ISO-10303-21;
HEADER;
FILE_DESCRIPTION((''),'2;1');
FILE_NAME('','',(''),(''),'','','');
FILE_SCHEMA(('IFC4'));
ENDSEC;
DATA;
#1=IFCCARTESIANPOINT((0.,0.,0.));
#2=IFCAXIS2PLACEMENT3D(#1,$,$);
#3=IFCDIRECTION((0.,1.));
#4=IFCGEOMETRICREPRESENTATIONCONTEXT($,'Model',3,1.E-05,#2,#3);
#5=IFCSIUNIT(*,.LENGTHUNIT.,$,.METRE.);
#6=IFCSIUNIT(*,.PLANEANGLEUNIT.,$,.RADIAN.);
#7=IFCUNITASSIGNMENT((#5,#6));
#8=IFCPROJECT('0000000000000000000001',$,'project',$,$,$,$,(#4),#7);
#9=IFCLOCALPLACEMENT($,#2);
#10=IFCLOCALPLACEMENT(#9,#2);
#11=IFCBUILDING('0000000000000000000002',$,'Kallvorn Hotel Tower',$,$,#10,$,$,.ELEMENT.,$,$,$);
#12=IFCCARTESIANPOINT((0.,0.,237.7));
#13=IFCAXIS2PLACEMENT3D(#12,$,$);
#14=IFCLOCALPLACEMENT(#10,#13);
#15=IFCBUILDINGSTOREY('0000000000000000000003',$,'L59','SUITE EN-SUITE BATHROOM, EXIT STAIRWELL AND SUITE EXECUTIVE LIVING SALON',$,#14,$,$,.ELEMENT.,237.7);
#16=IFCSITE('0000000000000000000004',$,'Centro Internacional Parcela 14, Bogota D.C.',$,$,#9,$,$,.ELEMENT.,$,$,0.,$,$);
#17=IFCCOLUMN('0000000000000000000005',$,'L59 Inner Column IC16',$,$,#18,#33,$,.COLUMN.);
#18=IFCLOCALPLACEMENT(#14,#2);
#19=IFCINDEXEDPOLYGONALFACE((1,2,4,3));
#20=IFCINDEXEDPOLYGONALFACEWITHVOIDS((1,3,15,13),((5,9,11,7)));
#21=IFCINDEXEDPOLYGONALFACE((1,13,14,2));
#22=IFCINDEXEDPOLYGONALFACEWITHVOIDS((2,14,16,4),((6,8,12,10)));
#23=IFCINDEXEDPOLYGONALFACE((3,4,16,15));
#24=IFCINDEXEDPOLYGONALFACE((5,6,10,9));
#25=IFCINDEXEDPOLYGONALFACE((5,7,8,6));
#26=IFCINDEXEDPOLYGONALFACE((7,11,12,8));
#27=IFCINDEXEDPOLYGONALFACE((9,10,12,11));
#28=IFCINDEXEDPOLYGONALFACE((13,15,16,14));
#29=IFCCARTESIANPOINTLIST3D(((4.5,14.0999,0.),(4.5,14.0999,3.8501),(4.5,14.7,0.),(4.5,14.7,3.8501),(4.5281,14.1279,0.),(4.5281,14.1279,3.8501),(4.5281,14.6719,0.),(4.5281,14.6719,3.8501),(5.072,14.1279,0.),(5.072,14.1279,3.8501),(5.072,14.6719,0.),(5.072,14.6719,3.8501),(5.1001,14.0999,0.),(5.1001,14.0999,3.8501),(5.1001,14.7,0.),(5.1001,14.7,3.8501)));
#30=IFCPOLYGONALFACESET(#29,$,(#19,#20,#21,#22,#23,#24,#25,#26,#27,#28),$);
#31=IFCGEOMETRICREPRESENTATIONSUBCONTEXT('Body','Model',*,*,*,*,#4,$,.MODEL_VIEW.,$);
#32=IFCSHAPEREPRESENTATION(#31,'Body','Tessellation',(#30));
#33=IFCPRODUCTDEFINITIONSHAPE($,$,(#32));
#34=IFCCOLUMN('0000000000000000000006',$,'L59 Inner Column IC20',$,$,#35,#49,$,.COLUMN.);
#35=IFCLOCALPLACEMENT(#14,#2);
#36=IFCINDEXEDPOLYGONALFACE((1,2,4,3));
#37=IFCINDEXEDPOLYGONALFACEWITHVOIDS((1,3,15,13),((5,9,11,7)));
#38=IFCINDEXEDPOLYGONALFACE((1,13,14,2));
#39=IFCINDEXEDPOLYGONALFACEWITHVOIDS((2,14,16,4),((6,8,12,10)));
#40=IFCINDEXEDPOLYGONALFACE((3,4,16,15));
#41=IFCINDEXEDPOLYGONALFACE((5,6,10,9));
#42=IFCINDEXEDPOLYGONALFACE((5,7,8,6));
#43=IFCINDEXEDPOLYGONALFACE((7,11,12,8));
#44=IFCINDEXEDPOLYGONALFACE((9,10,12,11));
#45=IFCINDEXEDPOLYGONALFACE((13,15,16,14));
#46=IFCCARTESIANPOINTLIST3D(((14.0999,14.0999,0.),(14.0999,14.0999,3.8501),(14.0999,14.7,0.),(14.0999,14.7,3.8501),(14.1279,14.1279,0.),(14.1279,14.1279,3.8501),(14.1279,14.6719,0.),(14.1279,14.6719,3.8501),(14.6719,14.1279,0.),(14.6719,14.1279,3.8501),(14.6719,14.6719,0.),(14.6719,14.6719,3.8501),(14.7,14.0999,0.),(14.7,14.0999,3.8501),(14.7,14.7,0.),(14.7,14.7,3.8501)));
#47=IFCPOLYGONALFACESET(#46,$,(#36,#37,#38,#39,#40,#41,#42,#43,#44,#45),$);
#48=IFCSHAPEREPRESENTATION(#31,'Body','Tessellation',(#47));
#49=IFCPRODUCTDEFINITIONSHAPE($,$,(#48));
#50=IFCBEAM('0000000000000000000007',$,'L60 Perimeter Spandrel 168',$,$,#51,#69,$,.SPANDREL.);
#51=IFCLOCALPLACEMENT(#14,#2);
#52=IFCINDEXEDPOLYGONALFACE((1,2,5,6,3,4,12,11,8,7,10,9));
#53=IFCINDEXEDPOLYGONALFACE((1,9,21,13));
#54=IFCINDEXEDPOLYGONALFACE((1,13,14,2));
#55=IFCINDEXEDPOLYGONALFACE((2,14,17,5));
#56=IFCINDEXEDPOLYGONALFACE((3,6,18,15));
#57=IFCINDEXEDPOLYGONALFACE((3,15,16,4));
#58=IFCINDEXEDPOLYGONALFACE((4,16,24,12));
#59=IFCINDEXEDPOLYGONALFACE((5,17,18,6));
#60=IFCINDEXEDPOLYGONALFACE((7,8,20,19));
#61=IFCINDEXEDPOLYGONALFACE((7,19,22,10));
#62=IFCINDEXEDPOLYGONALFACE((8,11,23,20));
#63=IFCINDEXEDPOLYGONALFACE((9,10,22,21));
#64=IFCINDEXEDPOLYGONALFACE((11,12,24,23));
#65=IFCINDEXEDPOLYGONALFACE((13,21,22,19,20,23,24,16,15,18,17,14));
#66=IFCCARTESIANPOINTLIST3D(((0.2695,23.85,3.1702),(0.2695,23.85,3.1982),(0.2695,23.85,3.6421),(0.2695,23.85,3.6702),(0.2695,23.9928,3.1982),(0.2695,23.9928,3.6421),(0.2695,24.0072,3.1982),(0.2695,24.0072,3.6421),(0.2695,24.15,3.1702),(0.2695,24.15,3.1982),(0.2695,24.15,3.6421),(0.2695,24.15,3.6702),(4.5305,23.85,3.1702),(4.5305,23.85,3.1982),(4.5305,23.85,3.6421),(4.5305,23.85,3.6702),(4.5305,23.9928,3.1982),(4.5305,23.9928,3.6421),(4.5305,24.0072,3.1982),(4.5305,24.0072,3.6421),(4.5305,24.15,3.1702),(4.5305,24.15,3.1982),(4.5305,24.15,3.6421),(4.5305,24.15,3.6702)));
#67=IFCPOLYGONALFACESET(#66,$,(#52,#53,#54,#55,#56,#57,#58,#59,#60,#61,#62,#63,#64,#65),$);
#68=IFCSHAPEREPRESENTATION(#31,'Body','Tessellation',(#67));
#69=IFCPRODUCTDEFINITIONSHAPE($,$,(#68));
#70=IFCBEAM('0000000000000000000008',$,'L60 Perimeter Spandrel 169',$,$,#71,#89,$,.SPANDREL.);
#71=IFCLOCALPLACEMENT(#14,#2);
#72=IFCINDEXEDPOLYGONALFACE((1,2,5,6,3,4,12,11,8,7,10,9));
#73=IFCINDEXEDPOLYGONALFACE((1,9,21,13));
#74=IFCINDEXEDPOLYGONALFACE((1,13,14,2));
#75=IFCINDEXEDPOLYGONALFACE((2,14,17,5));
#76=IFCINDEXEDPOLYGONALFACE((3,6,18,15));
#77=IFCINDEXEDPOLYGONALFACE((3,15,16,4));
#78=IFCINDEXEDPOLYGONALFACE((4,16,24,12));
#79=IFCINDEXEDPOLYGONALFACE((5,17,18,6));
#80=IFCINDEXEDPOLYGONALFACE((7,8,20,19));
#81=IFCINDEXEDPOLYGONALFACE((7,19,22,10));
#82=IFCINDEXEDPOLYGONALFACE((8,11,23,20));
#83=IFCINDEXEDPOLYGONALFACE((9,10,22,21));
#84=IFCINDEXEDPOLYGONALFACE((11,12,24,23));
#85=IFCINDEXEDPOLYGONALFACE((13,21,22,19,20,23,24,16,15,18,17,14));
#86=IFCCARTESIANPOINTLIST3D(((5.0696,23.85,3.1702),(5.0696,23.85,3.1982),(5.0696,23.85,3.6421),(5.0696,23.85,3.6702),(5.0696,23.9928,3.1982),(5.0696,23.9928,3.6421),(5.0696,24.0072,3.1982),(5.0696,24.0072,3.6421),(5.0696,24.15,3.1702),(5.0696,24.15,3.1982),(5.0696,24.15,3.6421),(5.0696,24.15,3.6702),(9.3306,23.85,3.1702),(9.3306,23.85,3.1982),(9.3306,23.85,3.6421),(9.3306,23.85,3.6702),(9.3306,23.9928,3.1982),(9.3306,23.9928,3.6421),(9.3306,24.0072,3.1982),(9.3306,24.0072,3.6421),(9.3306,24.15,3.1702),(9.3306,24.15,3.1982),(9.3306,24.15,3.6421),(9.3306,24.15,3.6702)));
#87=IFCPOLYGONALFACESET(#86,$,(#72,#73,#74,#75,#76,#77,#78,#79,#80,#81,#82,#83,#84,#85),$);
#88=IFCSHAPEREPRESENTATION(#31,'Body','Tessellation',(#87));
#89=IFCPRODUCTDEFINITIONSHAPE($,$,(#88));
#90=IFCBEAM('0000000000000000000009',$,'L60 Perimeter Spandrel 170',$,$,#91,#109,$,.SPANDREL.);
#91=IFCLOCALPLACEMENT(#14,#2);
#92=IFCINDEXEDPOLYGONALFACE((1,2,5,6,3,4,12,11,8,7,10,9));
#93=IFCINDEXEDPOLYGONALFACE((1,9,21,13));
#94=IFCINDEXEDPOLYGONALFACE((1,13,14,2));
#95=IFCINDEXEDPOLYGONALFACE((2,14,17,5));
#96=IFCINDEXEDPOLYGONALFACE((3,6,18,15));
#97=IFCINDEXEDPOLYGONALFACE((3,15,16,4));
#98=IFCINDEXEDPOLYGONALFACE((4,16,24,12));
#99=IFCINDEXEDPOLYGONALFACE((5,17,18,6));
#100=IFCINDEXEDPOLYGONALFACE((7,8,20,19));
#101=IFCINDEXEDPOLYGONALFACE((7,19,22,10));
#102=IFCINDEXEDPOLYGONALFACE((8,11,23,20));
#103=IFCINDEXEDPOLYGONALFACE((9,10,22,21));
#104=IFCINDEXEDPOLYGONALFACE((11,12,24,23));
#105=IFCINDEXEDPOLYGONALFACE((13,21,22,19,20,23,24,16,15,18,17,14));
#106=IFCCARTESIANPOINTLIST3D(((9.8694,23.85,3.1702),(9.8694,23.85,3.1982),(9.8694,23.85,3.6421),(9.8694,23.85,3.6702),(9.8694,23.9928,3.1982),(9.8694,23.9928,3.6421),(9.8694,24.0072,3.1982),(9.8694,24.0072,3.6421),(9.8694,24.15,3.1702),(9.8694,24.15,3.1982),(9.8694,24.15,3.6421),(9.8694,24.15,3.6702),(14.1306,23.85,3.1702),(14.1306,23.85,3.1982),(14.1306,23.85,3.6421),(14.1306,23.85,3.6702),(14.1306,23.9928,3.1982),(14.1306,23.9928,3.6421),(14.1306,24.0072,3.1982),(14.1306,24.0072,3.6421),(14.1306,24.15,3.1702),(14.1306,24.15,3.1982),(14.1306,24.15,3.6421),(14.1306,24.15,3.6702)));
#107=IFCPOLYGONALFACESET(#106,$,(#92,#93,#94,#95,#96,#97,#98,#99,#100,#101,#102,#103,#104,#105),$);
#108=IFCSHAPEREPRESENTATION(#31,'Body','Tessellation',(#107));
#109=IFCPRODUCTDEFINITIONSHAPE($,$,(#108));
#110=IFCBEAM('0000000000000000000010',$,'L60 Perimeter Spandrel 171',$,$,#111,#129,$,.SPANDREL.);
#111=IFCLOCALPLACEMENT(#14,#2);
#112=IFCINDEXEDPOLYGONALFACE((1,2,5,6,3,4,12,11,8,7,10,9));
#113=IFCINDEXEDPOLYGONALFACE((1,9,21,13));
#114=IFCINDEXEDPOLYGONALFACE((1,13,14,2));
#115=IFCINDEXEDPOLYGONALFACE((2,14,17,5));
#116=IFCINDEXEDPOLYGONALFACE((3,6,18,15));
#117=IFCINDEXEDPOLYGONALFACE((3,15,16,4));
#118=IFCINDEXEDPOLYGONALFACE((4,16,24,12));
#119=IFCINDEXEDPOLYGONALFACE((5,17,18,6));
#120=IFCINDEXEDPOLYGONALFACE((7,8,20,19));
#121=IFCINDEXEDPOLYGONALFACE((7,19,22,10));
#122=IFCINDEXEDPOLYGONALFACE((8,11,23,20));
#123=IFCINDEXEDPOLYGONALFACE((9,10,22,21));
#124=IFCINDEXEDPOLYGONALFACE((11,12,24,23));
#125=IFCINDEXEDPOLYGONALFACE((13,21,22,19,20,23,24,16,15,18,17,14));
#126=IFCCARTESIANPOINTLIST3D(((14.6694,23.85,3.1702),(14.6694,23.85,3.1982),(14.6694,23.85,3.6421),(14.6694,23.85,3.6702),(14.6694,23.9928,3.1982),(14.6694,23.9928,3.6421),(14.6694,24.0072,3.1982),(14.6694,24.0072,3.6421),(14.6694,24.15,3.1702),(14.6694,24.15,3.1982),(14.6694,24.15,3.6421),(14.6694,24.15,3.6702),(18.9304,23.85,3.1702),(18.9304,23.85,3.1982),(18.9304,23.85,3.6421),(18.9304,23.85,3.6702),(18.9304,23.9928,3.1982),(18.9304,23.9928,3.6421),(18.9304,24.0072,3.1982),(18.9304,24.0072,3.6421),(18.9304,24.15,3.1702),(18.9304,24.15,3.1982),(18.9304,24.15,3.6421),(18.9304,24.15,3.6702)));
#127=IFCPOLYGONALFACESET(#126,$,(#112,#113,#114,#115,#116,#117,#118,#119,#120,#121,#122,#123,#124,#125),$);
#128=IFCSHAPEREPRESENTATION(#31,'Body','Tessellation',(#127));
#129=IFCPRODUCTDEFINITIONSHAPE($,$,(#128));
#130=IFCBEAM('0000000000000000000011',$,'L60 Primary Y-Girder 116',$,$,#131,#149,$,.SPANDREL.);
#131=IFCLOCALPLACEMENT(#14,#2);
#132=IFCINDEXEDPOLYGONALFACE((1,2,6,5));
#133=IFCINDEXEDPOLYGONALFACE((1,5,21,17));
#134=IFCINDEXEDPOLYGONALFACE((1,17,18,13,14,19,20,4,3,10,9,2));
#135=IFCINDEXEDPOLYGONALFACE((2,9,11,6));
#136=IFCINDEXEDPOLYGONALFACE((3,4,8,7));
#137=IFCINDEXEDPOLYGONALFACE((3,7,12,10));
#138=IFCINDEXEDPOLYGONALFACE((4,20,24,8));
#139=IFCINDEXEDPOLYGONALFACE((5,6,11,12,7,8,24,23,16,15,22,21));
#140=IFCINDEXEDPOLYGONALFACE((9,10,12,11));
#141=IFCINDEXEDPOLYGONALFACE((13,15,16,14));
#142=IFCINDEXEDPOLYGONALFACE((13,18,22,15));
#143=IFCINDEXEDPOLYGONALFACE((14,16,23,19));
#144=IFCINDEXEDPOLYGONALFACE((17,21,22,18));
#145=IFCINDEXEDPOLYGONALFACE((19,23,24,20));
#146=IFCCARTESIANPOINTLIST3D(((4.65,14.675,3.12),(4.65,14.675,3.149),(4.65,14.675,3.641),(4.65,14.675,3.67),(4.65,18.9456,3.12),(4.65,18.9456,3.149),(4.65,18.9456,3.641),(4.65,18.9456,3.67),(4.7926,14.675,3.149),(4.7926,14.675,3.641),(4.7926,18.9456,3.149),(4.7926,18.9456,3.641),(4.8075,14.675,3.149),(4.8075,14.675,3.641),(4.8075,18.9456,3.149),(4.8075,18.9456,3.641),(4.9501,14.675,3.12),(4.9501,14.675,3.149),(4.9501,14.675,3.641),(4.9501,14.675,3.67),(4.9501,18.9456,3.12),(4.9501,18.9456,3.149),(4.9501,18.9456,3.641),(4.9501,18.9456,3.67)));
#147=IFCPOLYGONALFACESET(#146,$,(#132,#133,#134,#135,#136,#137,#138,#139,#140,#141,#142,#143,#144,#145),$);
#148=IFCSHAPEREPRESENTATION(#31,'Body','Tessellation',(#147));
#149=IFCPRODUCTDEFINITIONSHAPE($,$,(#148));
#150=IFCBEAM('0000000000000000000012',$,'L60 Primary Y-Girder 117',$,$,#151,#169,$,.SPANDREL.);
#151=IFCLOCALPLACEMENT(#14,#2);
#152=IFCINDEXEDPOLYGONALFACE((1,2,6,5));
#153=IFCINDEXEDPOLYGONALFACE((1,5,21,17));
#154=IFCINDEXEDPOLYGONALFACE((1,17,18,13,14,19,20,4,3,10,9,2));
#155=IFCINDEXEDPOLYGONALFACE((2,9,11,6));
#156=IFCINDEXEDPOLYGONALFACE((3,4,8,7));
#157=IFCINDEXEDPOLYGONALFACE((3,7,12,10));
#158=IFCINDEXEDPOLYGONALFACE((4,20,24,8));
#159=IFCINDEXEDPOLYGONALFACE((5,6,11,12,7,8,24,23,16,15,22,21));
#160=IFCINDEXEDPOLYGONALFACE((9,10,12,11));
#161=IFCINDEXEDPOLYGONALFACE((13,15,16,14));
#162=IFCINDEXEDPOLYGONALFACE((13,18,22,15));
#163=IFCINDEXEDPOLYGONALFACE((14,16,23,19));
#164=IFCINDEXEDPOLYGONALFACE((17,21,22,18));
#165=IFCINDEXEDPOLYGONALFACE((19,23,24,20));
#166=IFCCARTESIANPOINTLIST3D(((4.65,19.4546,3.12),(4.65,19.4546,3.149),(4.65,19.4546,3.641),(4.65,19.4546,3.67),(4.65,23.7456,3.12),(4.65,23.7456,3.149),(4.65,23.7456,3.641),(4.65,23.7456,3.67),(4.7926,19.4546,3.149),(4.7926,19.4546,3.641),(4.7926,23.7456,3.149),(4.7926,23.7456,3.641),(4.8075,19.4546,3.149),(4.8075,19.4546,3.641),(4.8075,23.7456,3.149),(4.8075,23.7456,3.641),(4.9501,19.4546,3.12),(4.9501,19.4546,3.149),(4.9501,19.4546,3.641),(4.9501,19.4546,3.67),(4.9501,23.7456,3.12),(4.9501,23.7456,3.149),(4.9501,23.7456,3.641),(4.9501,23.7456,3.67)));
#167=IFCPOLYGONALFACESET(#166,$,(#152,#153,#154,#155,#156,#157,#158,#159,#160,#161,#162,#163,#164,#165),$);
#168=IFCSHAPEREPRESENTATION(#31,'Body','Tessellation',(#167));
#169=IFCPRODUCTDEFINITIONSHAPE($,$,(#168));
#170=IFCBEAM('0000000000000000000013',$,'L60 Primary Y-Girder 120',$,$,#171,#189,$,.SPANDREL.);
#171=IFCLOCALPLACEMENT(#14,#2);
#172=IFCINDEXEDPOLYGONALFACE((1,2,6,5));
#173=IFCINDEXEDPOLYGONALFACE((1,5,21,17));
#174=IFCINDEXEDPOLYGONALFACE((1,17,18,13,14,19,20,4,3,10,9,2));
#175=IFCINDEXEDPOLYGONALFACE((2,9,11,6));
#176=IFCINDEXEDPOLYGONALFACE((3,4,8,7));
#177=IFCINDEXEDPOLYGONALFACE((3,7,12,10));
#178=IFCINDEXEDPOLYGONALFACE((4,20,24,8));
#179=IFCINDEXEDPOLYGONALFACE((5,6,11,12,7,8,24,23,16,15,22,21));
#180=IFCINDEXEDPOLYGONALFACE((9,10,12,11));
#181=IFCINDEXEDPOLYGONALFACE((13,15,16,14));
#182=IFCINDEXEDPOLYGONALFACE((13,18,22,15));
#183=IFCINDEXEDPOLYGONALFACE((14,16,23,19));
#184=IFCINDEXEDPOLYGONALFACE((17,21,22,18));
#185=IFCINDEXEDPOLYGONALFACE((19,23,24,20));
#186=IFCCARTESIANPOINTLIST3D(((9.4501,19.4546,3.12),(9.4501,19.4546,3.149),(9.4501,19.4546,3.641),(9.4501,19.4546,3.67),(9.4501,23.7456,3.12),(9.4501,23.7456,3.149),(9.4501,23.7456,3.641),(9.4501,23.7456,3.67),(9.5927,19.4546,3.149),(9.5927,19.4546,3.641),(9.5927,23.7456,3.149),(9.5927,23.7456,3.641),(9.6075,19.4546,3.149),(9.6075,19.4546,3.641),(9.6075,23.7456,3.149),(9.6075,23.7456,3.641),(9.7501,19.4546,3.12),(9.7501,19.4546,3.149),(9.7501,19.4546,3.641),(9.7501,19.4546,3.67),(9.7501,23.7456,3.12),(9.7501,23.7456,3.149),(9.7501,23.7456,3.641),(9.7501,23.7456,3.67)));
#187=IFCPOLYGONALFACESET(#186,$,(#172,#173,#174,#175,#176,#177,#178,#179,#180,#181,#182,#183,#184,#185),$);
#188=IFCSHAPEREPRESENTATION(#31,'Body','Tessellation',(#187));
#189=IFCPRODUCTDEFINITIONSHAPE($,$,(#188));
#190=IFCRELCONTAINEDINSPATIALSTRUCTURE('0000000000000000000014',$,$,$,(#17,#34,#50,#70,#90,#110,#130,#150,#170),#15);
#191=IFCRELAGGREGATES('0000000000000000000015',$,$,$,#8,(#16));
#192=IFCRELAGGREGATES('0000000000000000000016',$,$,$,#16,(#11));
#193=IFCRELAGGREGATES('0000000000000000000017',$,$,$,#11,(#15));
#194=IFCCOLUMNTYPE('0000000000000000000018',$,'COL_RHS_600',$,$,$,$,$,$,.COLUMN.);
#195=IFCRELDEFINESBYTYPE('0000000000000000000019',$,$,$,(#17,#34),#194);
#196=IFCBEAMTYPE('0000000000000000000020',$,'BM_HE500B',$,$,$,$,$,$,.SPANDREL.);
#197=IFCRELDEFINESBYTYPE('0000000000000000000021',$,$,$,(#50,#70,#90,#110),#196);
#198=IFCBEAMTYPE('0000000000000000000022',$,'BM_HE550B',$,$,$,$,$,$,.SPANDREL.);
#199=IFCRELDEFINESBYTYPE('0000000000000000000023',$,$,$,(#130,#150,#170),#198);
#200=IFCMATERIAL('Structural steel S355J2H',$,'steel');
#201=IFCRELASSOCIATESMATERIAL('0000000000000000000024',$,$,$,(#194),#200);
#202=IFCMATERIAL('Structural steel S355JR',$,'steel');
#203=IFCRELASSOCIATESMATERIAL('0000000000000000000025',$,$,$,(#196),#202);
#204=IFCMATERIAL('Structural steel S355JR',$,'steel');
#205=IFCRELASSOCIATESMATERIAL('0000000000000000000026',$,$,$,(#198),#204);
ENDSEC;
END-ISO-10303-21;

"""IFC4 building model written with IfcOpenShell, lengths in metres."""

from ifc_helpers import new_model, si_unit, direction, frame, origin, origin_2d, place, context, subcontext, project, spatial, hollow_rectangle, i_section, extrude, material, material_profile, profile_set, type_object, element, save


model = new_model("IFC4")

# Units and contexts
model_context = context("Model", 3, precision=1e-05, world=origin(), true_north=direction((0.0, 1.0)))
body_context = subcontext(model_context, "Body", "Model", "MODEL_VIEW")
ifc_project = project(units=[si_unit("LENGTHUNIT", "METRE"), si_unit("PLANEANGLEUNIT", "RADIAN")], contexts=[model_context])

# Site, building, storey
site_placement = place(None, origin())
site = spatial("IfcSite", under=ifc_project, at=site_placement, Name="Centro Internacional Parcela 14, Bogota D.C.", CompositionType="ELEMENT", RefElevation=0.0)
building_placement = place(site_placement, origin())
building = spatial("IfcBuilding", under=site, at=building_placement, Name="Kallvorn Hotel Tower", CompositionType="ELEMENT")
storey_placement = place(building_placement, frame((0.0, 0.0, 237.7)))
storey = spatial("IfcBuildingStorey", under=building, at=storey_placement, Name="L59", Description="SUITE EN-SUITE BATHROOM, EXIT STAIRWELL AND SUITE EXECUTIVE LIVING SALON", CompositionType="ELEMENT", Elevation=237.7)

# Columns
ifc_material_1 = material(Name="Structural steel S355J2H", Category="steel")
ifc_material_profile_1 = material_profile(ifc_material_1, hollow_rectangle(XDim=0.6001, YDim=0.6001, WallThickness=0.0281, at=origin_2d()), Name="RHS 600x600x28")
ifc_profile_set_1 = profile_set([ifc_material_profile_1], Name="Structural steel S355J2H")
column_type_1 = type_object("IfcColumnType", Name="COL_RHS_600", PredefinedType="COLUMN", material=ifc_profile_set_1)
for number, where, z_axis, x_axis, name in (
    (1, (4.8, 14.3999, 0.0), (0.0, 0.0, 1.0), (1.0, 0.0, 0.0), "L59 Inner Column IC16"),
    (2, (14.3999, 14.3999, 0.0), (0.0, 0.0, 1.0), (1.0, 0.0, 0.0), "L59 Inner Column IC20"),
):
    element("IfcColumn", number, at=place(storey_placement, frame(where, z_axis=z_axis, x_axis=x_axis)), inside=storey, type_object=column_type_1, Name=name, PredefinedType="COLUMN", context=body_context, shape_type="SweptSolid", body=[
        extrude(hollow_rectangle(XDim=0.6001, YDim=0.6001, WallThickness=0.0281, at=origin_2d()), origin(), (0.0, 0.0, 1.0), 3.8501),
    ])

# Beams
ifc_material_2 = material(Name="Structural steel S355JR", Category="steel")
ifc_material_profile_2 = material_profile(ifc_material_2, i_section(OverallWidth=0.3, OverallDepth=0.5, WebThickness=0.0144, FlangeThickness=0.0281, at=origin_2d()), Name="HE 500 B")
ifc_profile_set_2 = profile_set([ifc_material_profile_2], Name="Structural steel S355JR")
beam_type_1 = type_object("IfcBeamType", Name="BM_HE500B", PredefinedType="SPANDREL", material=ifc_profile_set_2)
for number, where, z_axis, x_axis, name in (
    (3, (0.2695, 24.0, 3.4202), (1.0, 0.0, 0.0), (0.0, 1.0, 0.0), "L60 Perimeter Spandrel 168"),
    (4, (5.0696, 24.0, 3.4202), (1.0, 0.0, 0.0), (0.0, 1.0, 0.0), "L60 Perimeter Spandrel 169"),
):
    element("IfcBeam", number, at=place(storey_placement, frame(where, z_axis=z_axis, x_axis=x_axis)), inside=storey, type_object=beam_type_1, Name=name, PredefinedType="SPANDREL", context=body_context, shape_type="SweptSolid", body=[
        extrude(i_section(OverallWidth=0.3, OverallDepth=0.5, WebThickness=0.0144, FlangeThickness=0.0281, at=origin_2d()), origin(), (0.0, 0.0, 1.0), 4.261),
    ])
beam_1_placement = place(storey_placement, frame((9.8694, 24.0, 3.4202), z_axis=(1.0, 0.0, 0.0), x_axis=(0.0, 1.0, 0.0)))
element("IfcBeam", 5, at=beam_1_placement, inside=storey, type_object=beam_type_1, Name="L60 Perimeter Spandrel 170", PredefinedType="SPANDREL", context=body_context, shape_type="SweptSolid", body=[
    extrude(i_section(OverallWidth=0.3, OverallDepth=0.5, WebThickness=0.0144, FlangeThickness=0.0281, at=origin_2d()), origin(), (0.0, 0.0, 1.0), 4.2612),
])
beam_2_placement = place(storey_placement, frame((14.6694, 24.0, 3.4202), z_axis=(1.0, 0.0, 0.0), x_axis=(0.0, 1.0, 0.0)))
element("IfcBeam", 6, at=beam_2_placement, inside=storey, type_object=beam_type_1, Name="L60 Perimeter Spandrel 171", PredefinedType="SPANDREL", context=body_context, shape_type="SweptSolid", body=[
    extrude(i_section(OverallWidth=0.3, OverallDepth=0.5, WebThickness=0.0144, FlangeThickness=0.0281, at=origin_2d()), origin(), (0.0, 0.0, 1.0), 4.261),
])
ifc_material_3 = material(Name="Structural steel S355JR", Category="steel")
ifc_material_profile_3 = material_profile(ifc_material_3, i_section(OverallWidth=0.3, OverallDepth=0.55, WebThickness=0.0149, FlangeThickness=0.0291, at=origin_2d()), Name="HE 550 B")
ifc_profile_set_3 = profile_set([ifc_material_profile_3], Name="Structural steel S355JR")
beam_type_2 = type_object("IfcBeamType", Name="BM_HE550B", PredefinedType="SPANDREL", material=ifc_profile_set_3)
beam_3_placement = place(storey_placement, frame((4.8, 14.675, 3.395), z_axis=(0.0, 1.0, 0.0), x_axis=(-1.0, 0.0, 0.0)))
element("IfcBeam", 7, at=beam_3_placement, inside=storey, type_object=beam_type_2, Name="L60 Primary Y-Girder 116", PredefinedType="SPANDREL", context=body_context, shape_type="SweptSolid", body=[
    extrude(i_section(OverallWidth=0.3, OverallDepth=0.55, WebThickness=0.0149, FlangeThickness=0.0291, at=origin_2d()), origin(), (0.0, 0.0, 1.0), 4.2705),
])
for number, where, z_axis, x_axis, name in (
    (8, (4.8, 19.4546, 3.395), (0.0, 1.0, 0.0), (-1.0, 0.0, 0.0), "L60 Primary Y-Girder 117"),
    (9, (9.6001, 19.4546, 3.395), (0.0, 1.0, 0.0), (-1.0, 0.0, 0.0), "L60 Primary Y-Girder 120"),
):
    element("IfcBeam", number, at=place(storey_placement, frame(where, z_axis=z_axis, x_axis=x_axis)), inside=storey, type_object=beam_type_2, Name=name, PredefinedType="SPANDREL", context=body_context, shape_type="SweptSolid", body=[
        extrude(i_section(OverallWidth=0.3, OverallDepth=0.55, WebThickness=0.0149, FlangeThickness=0.0291, at=origin_2d()), origin(), (0.0, 0.0, 1.0), 4.291),
    ])

save(model, "model.ifc")
